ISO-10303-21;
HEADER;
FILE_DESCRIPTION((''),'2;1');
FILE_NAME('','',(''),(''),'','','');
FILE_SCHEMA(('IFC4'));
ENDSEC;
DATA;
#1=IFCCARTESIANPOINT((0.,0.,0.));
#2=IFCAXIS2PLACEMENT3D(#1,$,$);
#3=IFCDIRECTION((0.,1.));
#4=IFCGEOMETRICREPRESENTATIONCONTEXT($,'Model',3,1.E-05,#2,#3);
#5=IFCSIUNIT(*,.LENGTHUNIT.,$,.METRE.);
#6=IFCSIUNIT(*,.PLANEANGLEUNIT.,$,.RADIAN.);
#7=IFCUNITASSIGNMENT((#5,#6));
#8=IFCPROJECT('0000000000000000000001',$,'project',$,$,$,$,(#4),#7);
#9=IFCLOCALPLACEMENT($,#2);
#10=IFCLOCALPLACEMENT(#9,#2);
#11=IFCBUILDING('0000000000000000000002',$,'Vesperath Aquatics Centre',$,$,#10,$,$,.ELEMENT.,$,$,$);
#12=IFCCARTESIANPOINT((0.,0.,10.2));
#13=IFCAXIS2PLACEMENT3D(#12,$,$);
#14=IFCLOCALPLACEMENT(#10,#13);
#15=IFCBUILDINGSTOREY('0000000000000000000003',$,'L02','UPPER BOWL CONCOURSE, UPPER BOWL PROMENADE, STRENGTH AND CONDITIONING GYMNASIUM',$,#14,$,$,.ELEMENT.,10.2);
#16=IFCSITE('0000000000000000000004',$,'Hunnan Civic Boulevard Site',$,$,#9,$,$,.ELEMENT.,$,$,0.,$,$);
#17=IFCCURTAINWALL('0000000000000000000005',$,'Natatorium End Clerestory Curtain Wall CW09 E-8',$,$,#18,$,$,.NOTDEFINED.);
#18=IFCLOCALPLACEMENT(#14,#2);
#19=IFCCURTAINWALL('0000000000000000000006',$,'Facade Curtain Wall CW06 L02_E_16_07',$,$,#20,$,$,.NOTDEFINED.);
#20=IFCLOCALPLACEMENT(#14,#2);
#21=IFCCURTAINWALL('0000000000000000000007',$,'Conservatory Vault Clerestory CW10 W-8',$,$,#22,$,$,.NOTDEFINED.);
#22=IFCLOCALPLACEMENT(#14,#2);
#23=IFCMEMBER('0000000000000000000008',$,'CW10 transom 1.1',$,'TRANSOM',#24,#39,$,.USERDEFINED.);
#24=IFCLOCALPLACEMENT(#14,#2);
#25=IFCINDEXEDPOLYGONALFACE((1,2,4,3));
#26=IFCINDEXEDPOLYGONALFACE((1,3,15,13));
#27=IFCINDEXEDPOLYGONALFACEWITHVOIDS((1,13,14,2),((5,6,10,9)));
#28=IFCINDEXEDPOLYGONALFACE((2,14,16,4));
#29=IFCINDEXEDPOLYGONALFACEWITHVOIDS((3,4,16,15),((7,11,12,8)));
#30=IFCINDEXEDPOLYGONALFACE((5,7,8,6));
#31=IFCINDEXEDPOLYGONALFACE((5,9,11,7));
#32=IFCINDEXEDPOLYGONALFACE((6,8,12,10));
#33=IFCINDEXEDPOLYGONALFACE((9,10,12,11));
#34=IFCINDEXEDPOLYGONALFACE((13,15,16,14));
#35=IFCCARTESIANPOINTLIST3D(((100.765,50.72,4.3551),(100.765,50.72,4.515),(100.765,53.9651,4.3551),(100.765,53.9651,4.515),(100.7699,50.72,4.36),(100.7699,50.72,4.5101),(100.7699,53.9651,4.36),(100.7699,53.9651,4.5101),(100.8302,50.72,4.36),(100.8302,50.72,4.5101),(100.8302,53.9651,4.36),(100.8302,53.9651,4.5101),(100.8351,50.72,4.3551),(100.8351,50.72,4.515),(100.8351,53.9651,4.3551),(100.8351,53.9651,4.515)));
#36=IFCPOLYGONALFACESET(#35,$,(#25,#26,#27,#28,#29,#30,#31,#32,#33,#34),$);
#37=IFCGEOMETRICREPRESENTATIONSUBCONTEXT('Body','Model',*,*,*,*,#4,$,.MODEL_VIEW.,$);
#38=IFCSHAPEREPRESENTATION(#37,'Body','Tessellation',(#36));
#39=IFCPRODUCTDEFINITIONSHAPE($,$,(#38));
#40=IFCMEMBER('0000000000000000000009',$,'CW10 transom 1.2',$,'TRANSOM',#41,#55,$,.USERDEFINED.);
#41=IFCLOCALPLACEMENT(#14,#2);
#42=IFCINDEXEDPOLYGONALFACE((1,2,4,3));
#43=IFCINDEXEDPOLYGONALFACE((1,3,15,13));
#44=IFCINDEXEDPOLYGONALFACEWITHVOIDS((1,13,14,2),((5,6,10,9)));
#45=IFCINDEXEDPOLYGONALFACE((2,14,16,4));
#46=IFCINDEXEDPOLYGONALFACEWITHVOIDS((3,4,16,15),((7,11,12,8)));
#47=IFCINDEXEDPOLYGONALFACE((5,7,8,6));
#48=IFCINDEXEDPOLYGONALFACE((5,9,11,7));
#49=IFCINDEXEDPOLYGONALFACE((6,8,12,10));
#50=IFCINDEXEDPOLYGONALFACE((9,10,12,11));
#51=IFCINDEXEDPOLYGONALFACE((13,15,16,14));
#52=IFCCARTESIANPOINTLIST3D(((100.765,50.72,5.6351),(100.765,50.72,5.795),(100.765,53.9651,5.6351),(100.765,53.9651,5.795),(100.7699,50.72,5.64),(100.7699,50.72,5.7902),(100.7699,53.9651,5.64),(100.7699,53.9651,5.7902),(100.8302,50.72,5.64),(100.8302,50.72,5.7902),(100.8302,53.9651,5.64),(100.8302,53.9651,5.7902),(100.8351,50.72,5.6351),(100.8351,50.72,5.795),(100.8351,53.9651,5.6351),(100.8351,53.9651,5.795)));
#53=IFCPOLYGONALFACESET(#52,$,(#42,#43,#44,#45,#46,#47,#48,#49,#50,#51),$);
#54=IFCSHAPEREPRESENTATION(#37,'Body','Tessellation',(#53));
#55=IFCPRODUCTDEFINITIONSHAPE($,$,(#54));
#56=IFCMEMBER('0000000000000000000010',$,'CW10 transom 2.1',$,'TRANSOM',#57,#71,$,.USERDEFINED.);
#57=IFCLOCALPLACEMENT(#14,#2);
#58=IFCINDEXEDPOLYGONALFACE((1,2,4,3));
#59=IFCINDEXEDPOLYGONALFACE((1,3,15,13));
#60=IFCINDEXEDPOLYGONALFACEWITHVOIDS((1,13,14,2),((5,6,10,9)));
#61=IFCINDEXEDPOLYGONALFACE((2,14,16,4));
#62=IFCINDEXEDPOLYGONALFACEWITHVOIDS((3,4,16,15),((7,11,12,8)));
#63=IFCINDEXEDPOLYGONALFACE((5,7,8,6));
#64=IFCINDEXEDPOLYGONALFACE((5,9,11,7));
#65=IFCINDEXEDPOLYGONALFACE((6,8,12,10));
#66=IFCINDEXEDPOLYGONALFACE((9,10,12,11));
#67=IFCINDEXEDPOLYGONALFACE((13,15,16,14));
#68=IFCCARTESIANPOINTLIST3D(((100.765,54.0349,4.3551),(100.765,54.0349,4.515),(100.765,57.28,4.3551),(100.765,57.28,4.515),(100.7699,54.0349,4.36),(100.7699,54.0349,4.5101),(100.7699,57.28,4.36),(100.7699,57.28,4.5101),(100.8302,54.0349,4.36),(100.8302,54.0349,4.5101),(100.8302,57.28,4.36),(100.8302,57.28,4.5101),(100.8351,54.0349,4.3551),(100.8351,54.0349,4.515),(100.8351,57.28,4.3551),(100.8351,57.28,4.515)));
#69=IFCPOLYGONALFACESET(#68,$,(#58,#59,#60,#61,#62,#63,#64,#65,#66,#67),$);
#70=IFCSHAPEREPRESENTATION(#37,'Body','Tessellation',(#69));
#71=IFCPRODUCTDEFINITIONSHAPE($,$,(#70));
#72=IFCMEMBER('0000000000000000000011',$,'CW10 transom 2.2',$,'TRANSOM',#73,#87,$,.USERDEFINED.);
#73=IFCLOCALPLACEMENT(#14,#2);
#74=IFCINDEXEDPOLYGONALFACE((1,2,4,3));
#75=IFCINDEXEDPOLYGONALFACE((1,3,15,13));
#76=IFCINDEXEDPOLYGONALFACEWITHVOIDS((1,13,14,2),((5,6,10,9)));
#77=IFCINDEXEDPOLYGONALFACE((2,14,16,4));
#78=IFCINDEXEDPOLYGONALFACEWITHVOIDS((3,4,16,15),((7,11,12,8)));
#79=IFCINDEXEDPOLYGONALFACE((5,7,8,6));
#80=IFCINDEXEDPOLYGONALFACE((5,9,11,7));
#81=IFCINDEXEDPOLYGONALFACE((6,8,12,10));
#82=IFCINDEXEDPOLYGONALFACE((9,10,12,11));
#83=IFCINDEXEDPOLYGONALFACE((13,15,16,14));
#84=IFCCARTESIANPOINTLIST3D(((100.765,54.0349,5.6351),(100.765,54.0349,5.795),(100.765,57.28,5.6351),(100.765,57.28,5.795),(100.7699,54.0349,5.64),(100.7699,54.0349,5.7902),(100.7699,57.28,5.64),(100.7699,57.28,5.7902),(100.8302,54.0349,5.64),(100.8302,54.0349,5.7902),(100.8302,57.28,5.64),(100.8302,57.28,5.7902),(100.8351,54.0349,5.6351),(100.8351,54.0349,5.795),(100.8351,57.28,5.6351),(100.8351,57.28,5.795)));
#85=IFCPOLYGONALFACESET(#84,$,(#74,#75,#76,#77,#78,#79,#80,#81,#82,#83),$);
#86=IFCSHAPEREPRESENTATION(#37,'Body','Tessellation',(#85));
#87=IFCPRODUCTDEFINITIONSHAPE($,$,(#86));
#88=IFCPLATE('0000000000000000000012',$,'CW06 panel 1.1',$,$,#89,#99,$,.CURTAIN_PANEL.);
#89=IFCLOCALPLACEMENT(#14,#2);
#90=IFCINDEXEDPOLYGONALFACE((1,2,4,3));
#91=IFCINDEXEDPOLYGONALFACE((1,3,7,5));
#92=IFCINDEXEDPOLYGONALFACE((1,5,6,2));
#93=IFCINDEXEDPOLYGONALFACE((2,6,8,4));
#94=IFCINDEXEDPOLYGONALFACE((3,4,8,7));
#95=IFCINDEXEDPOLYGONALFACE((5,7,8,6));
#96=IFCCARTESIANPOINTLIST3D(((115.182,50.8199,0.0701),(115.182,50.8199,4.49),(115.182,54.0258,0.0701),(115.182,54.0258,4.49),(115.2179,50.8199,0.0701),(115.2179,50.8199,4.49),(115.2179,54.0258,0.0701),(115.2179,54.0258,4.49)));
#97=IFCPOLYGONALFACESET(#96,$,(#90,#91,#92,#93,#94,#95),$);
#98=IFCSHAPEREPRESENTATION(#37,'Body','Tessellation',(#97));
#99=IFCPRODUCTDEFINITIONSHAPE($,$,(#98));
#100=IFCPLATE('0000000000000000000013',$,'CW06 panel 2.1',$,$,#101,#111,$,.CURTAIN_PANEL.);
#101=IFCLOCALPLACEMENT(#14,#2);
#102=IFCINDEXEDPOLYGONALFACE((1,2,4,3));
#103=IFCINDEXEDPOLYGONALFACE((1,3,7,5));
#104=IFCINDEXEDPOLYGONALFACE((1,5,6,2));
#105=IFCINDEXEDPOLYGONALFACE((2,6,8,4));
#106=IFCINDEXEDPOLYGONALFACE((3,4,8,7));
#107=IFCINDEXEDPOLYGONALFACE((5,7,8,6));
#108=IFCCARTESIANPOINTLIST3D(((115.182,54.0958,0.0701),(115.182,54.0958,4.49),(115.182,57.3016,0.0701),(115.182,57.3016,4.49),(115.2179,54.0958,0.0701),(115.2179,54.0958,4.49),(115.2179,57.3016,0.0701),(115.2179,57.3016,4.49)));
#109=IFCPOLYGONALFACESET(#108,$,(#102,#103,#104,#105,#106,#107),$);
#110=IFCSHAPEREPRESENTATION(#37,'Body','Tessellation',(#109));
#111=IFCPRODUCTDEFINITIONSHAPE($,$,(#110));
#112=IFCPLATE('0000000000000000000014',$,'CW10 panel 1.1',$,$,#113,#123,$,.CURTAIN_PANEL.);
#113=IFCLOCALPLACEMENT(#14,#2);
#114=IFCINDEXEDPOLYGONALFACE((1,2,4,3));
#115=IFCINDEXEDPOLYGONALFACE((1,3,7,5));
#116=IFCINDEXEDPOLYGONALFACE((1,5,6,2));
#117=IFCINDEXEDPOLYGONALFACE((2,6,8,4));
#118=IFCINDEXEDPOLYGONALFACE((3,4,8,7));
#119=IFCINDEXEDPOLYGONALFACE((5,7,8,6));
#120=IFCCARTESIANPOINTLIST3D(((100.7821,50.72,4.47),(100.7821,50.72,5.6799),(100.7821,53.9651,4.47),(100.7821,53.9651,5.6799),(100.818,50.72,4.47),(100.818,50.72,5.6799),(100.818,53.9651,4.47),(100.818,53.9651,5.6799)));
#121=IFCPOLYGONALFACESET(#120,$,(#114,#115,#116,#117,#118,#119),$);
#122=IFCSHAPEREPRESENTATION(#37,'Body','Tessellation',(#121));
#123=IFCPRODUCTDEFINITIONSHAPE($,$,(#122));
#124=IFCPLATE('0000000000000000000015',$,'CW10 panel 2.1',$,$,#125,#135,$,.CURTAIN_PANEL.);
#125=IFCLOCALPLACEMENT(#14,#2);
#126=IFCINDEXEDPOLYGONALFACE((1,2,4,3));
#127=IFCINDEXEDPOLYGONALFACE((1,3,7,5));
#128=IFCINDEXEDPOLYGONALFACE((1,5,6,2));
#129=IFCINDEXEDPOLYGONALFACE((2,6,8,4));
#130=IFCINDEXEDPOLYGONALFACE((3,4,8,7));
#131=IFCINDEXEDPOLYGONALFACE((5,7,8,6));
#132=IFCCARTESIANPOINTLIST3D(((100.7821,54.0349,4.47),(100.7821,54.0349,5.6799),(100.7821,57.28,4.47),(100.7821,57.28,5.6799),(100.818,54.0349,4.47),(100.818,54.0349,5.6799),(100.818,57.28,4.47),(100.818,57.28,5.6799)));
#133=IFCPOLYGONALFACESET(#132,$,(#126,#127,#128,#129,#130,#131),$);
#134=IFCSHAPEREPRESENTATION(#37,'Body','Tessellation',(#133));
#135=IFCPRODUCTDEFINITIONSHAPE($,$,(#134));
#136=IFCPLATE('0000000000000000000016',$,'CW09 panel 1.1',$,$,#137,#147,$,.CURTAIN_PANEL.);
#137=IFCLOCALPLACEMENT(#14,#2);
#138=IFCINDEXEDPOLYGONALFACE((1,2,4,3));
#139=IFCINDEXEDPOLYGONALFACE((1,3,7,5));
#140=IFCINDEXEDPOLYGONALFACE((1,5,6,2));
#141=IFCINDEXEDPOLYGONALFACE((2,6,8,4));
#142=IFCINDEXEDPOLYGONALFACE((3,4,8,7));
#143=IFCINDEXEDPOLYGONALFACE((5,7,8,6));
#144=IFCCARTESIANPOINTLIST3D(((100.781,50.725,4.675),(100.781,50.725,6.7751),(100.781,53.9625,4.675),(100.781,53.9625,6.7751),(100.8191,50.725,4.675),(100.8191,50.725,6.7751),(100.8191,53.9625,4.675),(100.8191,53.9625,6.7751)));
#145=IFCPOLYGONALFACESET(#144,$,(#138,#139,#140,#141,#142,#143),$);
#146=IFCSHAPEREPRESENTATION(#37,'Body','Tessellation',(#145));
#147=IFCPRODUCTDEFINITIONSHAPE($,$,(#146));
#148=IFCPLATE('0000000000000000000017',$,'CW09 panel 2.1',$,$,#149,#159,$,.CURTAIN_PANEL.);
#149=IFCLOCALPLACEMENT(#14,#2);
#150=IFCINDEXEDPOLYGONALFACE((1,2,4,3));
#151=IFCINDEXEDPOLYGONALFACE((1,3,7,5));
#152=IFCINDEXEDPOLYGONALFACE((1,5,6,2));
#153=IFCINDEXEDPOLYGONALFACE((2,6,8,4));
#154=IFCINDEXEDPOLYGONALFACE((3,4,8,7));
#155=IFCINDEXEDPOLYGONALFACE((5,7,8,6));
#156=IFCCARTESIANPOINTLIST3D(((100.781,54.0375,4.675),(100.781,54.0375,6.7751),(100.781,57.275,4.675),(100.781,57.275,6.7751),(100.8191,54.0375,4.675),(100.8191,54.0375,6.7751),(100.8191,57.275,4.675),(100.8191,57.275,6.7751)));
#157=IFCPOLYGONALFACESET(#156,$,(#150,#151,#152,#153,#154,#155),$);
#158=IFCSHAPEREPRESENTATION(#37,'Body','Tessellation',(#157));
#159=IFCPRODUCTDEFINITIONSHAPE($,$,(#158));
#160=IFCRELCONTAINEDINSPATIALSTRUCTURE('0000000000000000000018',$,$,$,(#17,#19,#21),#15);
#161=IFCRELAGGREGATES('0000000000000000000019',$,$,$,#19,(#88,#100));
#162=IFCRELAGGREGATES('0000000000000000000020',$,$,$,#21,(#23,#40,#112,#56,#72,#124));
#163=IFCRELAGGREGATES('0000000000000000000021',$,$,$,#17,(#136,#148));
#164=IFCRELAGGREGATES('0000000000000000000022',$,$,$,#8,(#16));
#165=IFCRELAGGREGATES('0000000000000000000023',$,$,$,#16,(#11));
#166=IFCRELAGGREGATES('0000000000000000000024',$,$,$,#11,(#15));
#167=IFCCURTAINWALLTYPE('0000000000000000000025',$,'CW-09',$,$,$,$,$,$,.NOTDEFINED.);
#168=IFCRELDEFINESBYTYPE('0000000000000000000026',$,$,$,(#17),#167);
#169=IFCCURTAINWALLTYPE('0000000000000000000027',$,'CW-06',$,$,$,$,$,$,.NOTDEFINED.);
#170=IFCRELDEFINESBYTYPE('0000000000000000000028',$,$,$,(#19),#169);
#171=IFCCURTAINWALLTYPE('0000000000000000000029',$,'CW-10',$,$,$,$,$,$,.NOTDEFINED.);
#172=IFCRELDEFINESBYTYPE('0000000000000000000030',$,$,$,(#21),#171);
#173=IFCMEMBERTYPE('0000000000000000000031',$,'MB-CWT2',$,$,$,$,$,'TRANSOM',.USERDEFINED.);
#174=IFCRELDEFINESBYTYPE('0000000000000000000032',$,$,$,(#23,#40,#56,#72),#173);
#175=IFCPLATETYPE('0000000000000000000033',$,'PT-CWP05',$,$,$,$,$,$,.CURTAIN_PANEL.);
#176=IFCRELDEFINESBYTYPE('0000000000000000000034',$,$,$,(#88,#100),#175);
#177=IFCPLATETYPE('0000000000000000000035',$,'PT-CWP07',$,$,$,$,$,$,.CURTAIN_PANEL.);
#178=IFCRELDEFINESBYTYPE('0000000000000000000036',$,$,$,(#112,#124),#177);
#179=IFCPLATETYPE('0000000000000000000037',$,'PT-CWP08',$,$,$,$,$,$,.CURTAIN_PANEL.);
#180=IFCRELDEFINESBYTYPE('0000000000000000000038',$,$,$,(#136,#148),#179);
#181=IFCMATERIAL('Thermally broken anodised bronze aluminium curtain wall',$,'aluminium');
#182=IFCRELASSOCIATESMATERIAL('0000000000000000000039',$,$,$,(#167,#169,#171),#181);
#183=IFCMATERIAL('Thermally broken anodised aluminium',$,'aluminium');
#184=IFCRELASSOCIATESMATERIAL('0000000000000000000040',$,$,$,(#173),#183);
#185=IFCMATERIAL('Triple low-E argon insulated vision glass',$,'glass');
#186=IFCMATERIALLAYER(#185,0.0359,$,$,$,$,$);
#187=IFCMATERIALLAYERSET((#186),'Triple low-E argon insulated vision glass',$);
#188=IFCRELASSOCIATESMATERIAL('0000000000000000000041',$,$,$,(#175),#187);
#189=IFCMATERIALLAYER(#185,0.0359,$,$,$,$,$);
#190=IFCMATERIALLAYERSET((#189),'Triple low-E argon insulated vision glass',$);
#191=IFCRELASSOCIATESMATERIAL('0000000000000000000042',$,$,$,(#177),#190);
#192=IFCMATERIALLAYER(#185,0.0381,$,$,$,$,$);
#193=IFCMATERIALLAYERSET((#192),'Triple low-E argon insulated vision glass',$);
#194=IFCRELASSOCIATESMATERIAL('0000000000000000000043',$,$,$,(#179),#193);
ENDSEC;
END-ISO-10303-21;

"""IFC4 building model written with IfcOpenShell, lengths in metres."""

from ifc_helpers import new_model, si_unit, direction, frame, origin, origin_2d, place, context, subcontext, project, spatial, rectangle, hollow_rectangle, extrude, material, layer, layer_set, material_profile, profile_set, type_object, element, aggregate, save


model = new_model("IFC4")

# Units and contexts
model_context = context("Model", 3, precision=1e-05, world=origin(), true_north=direction((0.0, 1.0)))
body_context = subcontext(model_context, "Body", "Model", "MODEL_VIEW")
ifc_project = project(units=[si_unit("LENGTHUNIT", "METRE"), si_unit("PLANEANGLEUNIT", "RADIAN")], contexts=[model_context])

# Site, building, storey
site_placement = place(None, origin())
site = spatial("IfcSite", under=ifc_project, at=site_placement, Name="Hunnan Civic Boulevard Site", CompositionType="ELEMENT", RefElevation=0.0)
building_placement = place(site_placement, origin())
building = spatial("IfcBuilding", under=site, at=building_placement, Name="Vesperath Aquatics Centre", CompositionType="ELEMENT")
storey_placement = place(building_placement, frame((0.0, 0.0, 10.2)))
storey = spatial("IfcBuildingStorey", under=building, at=storey_placement, Name="L02", Description="UPPER BOWL CONCOURSE, UPPER BOWL PROMENADE, STRENGTH AND CONDITIONING GYMNASIUM", CompositionType="ELEMENT", Elevation=10.2)

# Curtain wall
ifc_material_1 = material(Name="Thermally broken anodised bronze aluminium curtain wall", Category="aluminium")
curtain_wall_type_1 = type_object("IfcCurtainWallType", Name="CW-09", PredefinedType="NOTDEFINED", material=ifc_material_1)
curtain_wall_1_placement = place(storey_placement, origin())
curtain_wall_1 = element("IfcCurtainWall", 1, at=curtain_wall_1_placement, inside=storey, type_object=curtain_wall_type_1, Name="Natatorium End Clerestory Curtain Wall CW09 E-8", PredefinedType="NOTDEFINED")
ifc_material_2 = material(Name="Thermally broken anodised aluminium", Category="aluminium")

# Shared definitions
curtain_wall_type_2 = type_object("IfcCurtainWallType", Name="CW-06", PredefinedType="NOTDEFINED", material=ifc_material_1)

# Curtain walls
curtain_wall_2_placement = place(storey_placement, origin())
curtain_wall_2 = element("IfcCurtainWall", 2, at=curtain_wall_2_placement, inside=storey, type_object=curtain_wall_type_2, Name="Facade Curtain Wall CW06 L02_E_16_07", PredefinedType="NOTDEFINED")
curtain_wall_type_3 = type_object("IfcCurtainWallType", Name="CW-10", PredefinedType="NOTDEFINED", material=ifc_material_1)
curtain_wall_3_placement = place(storey_placement, origin())
curtain_wall_3 = element("IfcCurtainWall", 3, at=curtain_wall_3_placement, inside=storey, type_object=curtain_wall_type_3, Name="Conservatory Vault Clerestory CW10 W-8", PredefinedType="NOTDEFINED")

# Members
ifc_material_profile_1 = material_profile(ifc_material_2, hollow_rectangle(XDim=0.0701, YDim=0.1599, WallThickness=0.0049, at=origin_2d()), Name="CWT 70x160x5")
ifc_profile_set_1 = profile_set([ifc_material_profile_1], Name="Thermally broken anodised aluminium")
member_type_1 = type_object("IfcMemberType", Name="MB-CWT2", ElementType="TRANSOM", PredefinedType="USERDEFINED", material=ifc_profile_set_1)
member_1_placement = place(storey_placement, frame((100.8, 50.72, 4.4351), z_axis=(0.0, 1.0, 0.0), x_axis=(-1.0, 0.0, 0.0)))
member_1 = element("IfcMember", 4, at=member_1_placement, type_object=member_type_1, Name="CW10 transom 1.1", ObjectType="TRANSOM", PredefinedType="USERDEFINED", context=body_context, shape_type="SweptSolid", body=[
    extrude(hollow_rectangle(XDim=0.0701, YDim=0.1599, WallThickness=0.0049, at=origin_2d()), origin(), (0.0, 0.0, 1.0), 3.2451),
])
member_2_placement = place(storey_placement, frame((100.8, 50.72, 5.7151), z_axis=(0.0, 1.0, 0.0), x_axis=(-1.0, 0.0, 0.0)))
member_2 = element("IfcMember", 5, at=member_2_placement, type_object=member_type_1, Name="CW10 transom 1.2", ObjectType="TRANSOM", PredefinedType="USERDEFINED", context=body_context, shape_type="SweptSolid", body=[
    extrude(hollow_rectangle(XDim=0.0701, YDim=0.1599, WallThickness=0.0049, at=origin_2d()), origin(), (0.0, 0.0, 1.0), 3.2451),
])
member_3_placement = place(storey_placement, frame((100.8, 54.0349, 4.4351), z_axis=(0.0, 1.0, 0.0), x_axis=(-1.0, 0.0, 0.0)))
member_3 = element("IfcMember", 6, at=member_3_placement, type_object=member_type_1, Name="CW10 transom 2.1", ObjectType="TRANSOM", PredefinedType="USERDEFINED", context=body_context, shape_type="SweptSolid", body=[
    extrude(hollow_rectangle(XDim=0.0701, YDim=0.1599, WallThickness=0.0049, at=origin_2d()), origin(), (0.0, 0.0, 1.0), 3.2451),
])
member_4_placement = place(storey_placement, frame((100.8, 54.0349, 5.7151), z_axis=(0.0, 1.0, 0.0), x_axis=(-1.0, 0.0, 0.0)))
member_4 = element("IfcMember", 7, at=member_4_placement, type_object=member_type_1, Name="CW10 transom 2.2", ObjectType="TRANSOM", PredefinedType="USERDEFINED", context=body_context, shape_type="SweptSolid", body=[
    extrude(hollow_rectangle(XDim=0.0701, YDim=0.1599, WallThickness=0.0049, at=origin_2d()), origin(), (0.0, 0.0, 1.0), 3.2451),
])

# Plates
ifc_material_3 = material(Name="Triple low-E argon insulated vision glass", Category="glass")
ifc_layer_1 = layer(ifc_material_3, 0.0359)
ifc_layer_set_1 = layer_set([ifc_layer_1], Name="Triple low-E argon insulated vision glass")
plate_type_1 = type_object("IfcPlateType", Name="PT-CWP05", PredefinedType="CURTAIN_PANEL", material=ifc_layer_set_1)
plate_1_placement = place(storey_placement, frame((115.2, 52.4229, 0.0701), z_axis=(0.0, 0.0, 1.0), x_axis=(0.0, 1.0, 0.0)))
plate_1 = element("IfcPlate", 8, at=plate_1_placement, type_object=plate_type_1, Name="CW06 panel 1.1", PredefinedType="CURTAIN_PANEL", context=body_context, shape_type="SweptSolid", body=[
    extrude(rectangle(XDim=3.2058, YDim=0.0359, at=origin_2d()), origin(), (0.0, 0.0, 1.0), 4.4199),
])
plate_2_placement = place(storey_placement, frame((115.2, 55.6987, 0.0701), z_axis=(0.0, 0.0, 1.0), x_axis=(0.0, 1.0, 0.0)))
plate_2 = element("IfcPlate", 9, at=plate_2_placement, type_object=plate_type_1, Name="CW06 panel 2.1", PredefinedType="CURTAIN_PANEL", context=body_context, shape_type="SweptSolid", body=[
    extrude(rectangle(XDim=3.2058, YDim=0.0359, at=origin_2d()), origin(), (0.0, 0.0, 1.0), 4.4199),
])
aggregate(curtain_wall_2, [plate_1, plate_2])
ifc_layer_2 = layer(ifc_material_3, 0.0359)
ifc_layer_set_2 = layer_set([ifc_layer_2], Name="Triple low-E argon insulated vision glass")
plate_type_2 = type_object("IfcPlateType", Name="PT-CWP07", PredefinedType="CURTAIN_PANEL", material=ifc_layer_set_2)
plate_3_placement = place(storey_placement, frame((100.8, 52.3425, 4.47), z_axis=(0.0, 0.0, 1.0), x_axis=(0.0, 1.0, 0.0)))
plate_3 = element("IfcPlate", 10, at=plate_3_placement, type_object=plate_type_2, Name="CW10 panel 1.1", PredefinedType="CURTAIN_PANEL", context=body_context, shape_type="SweptSolid", body=[
    extrude(rectangle(XDim=3.2451, YDim=0.0359, at=origin_2d()), origin(), (0.0, 0.0, 1.0), 1.21),
])
plate_4_placement = place(storey_placement, frame((100.8, 55.6575, 4.47), z_axis=(0.0, 0.0, 1.0), x_axis=(0.0, 1.0, 0.0)))
plate_4 = element("IfcPlate", 11, at=plate_4_placement, type_object=plate_type_2, Name="CW10 panel 2.1", PredefinedType="CURTAIN_PANEL", context=body_context, shape_type="SweptSolid", body=[
    extrude(rectangle(XDim=3.2451, YDim=0.0359, at=origin_2d()), origin(), (0.0, 0.0, 1.0), 1.21),
])
aggregate(curtain_wall_3, [member_1, member_2, plate_3, member_3, member_4, plate_4])
ifc_layer_3 = layer(ifc_material_3, 0.0381)
ifc_layer_set_3 = layer_set([ifc_layer_3], Name="Triple low-E argon insulated vision glass")
plate_type_3 = type_object("IfcPlateType", Name="PT-CWP08", PredefinedType="CURTAIN_PANEL", material=ifc_layer_set_3)
plate_5_placement = place(storey_placement, frame((100.8, 52.3438, 4.675), z_axis=(0.0, 0.0, 1.0), x_axis=(0.0, 1.0, 0.0)))
plate_5 = element("IfcPlate", 12, at=plate_5_placement, type_object=plate_type_3, Name="CW09 panel 1.1", PredefinedType="CURTAIN_PANEL", context=body_context, shape_type="SweptSolid", body=[
    extrude(rectangle(XDim=3.2375, YDim=0.0381, at=origin_2d()), origin(), (0.0, 0.0, 1.0), 2.1001),
])
plate_6_placement = place(storey_placement, frame((100.8, 55.6562, 4.675), z_axis=(0.0, 0.0, 1.0), x_axis=(0.0, 1.0, 0.0)))
plate_6 = element("IfcPlate", 13, at=plate_6_placement, type_object=plate_type_3, Name="CW09 panel 2.1", PredefinedType="CURTAIN_PANEL", context=body_context, shape_type="SweptSolid", body=[
    extrude(rectangle(XDim=3.2375, YDim=0.0381, at=origin_2d()), origin(), (0.0, 0.0, 1.0), 2.1001),
])
aggregate(curtain_wall_1, [plate_5, plate_6])

save(model, "model.ifc")
